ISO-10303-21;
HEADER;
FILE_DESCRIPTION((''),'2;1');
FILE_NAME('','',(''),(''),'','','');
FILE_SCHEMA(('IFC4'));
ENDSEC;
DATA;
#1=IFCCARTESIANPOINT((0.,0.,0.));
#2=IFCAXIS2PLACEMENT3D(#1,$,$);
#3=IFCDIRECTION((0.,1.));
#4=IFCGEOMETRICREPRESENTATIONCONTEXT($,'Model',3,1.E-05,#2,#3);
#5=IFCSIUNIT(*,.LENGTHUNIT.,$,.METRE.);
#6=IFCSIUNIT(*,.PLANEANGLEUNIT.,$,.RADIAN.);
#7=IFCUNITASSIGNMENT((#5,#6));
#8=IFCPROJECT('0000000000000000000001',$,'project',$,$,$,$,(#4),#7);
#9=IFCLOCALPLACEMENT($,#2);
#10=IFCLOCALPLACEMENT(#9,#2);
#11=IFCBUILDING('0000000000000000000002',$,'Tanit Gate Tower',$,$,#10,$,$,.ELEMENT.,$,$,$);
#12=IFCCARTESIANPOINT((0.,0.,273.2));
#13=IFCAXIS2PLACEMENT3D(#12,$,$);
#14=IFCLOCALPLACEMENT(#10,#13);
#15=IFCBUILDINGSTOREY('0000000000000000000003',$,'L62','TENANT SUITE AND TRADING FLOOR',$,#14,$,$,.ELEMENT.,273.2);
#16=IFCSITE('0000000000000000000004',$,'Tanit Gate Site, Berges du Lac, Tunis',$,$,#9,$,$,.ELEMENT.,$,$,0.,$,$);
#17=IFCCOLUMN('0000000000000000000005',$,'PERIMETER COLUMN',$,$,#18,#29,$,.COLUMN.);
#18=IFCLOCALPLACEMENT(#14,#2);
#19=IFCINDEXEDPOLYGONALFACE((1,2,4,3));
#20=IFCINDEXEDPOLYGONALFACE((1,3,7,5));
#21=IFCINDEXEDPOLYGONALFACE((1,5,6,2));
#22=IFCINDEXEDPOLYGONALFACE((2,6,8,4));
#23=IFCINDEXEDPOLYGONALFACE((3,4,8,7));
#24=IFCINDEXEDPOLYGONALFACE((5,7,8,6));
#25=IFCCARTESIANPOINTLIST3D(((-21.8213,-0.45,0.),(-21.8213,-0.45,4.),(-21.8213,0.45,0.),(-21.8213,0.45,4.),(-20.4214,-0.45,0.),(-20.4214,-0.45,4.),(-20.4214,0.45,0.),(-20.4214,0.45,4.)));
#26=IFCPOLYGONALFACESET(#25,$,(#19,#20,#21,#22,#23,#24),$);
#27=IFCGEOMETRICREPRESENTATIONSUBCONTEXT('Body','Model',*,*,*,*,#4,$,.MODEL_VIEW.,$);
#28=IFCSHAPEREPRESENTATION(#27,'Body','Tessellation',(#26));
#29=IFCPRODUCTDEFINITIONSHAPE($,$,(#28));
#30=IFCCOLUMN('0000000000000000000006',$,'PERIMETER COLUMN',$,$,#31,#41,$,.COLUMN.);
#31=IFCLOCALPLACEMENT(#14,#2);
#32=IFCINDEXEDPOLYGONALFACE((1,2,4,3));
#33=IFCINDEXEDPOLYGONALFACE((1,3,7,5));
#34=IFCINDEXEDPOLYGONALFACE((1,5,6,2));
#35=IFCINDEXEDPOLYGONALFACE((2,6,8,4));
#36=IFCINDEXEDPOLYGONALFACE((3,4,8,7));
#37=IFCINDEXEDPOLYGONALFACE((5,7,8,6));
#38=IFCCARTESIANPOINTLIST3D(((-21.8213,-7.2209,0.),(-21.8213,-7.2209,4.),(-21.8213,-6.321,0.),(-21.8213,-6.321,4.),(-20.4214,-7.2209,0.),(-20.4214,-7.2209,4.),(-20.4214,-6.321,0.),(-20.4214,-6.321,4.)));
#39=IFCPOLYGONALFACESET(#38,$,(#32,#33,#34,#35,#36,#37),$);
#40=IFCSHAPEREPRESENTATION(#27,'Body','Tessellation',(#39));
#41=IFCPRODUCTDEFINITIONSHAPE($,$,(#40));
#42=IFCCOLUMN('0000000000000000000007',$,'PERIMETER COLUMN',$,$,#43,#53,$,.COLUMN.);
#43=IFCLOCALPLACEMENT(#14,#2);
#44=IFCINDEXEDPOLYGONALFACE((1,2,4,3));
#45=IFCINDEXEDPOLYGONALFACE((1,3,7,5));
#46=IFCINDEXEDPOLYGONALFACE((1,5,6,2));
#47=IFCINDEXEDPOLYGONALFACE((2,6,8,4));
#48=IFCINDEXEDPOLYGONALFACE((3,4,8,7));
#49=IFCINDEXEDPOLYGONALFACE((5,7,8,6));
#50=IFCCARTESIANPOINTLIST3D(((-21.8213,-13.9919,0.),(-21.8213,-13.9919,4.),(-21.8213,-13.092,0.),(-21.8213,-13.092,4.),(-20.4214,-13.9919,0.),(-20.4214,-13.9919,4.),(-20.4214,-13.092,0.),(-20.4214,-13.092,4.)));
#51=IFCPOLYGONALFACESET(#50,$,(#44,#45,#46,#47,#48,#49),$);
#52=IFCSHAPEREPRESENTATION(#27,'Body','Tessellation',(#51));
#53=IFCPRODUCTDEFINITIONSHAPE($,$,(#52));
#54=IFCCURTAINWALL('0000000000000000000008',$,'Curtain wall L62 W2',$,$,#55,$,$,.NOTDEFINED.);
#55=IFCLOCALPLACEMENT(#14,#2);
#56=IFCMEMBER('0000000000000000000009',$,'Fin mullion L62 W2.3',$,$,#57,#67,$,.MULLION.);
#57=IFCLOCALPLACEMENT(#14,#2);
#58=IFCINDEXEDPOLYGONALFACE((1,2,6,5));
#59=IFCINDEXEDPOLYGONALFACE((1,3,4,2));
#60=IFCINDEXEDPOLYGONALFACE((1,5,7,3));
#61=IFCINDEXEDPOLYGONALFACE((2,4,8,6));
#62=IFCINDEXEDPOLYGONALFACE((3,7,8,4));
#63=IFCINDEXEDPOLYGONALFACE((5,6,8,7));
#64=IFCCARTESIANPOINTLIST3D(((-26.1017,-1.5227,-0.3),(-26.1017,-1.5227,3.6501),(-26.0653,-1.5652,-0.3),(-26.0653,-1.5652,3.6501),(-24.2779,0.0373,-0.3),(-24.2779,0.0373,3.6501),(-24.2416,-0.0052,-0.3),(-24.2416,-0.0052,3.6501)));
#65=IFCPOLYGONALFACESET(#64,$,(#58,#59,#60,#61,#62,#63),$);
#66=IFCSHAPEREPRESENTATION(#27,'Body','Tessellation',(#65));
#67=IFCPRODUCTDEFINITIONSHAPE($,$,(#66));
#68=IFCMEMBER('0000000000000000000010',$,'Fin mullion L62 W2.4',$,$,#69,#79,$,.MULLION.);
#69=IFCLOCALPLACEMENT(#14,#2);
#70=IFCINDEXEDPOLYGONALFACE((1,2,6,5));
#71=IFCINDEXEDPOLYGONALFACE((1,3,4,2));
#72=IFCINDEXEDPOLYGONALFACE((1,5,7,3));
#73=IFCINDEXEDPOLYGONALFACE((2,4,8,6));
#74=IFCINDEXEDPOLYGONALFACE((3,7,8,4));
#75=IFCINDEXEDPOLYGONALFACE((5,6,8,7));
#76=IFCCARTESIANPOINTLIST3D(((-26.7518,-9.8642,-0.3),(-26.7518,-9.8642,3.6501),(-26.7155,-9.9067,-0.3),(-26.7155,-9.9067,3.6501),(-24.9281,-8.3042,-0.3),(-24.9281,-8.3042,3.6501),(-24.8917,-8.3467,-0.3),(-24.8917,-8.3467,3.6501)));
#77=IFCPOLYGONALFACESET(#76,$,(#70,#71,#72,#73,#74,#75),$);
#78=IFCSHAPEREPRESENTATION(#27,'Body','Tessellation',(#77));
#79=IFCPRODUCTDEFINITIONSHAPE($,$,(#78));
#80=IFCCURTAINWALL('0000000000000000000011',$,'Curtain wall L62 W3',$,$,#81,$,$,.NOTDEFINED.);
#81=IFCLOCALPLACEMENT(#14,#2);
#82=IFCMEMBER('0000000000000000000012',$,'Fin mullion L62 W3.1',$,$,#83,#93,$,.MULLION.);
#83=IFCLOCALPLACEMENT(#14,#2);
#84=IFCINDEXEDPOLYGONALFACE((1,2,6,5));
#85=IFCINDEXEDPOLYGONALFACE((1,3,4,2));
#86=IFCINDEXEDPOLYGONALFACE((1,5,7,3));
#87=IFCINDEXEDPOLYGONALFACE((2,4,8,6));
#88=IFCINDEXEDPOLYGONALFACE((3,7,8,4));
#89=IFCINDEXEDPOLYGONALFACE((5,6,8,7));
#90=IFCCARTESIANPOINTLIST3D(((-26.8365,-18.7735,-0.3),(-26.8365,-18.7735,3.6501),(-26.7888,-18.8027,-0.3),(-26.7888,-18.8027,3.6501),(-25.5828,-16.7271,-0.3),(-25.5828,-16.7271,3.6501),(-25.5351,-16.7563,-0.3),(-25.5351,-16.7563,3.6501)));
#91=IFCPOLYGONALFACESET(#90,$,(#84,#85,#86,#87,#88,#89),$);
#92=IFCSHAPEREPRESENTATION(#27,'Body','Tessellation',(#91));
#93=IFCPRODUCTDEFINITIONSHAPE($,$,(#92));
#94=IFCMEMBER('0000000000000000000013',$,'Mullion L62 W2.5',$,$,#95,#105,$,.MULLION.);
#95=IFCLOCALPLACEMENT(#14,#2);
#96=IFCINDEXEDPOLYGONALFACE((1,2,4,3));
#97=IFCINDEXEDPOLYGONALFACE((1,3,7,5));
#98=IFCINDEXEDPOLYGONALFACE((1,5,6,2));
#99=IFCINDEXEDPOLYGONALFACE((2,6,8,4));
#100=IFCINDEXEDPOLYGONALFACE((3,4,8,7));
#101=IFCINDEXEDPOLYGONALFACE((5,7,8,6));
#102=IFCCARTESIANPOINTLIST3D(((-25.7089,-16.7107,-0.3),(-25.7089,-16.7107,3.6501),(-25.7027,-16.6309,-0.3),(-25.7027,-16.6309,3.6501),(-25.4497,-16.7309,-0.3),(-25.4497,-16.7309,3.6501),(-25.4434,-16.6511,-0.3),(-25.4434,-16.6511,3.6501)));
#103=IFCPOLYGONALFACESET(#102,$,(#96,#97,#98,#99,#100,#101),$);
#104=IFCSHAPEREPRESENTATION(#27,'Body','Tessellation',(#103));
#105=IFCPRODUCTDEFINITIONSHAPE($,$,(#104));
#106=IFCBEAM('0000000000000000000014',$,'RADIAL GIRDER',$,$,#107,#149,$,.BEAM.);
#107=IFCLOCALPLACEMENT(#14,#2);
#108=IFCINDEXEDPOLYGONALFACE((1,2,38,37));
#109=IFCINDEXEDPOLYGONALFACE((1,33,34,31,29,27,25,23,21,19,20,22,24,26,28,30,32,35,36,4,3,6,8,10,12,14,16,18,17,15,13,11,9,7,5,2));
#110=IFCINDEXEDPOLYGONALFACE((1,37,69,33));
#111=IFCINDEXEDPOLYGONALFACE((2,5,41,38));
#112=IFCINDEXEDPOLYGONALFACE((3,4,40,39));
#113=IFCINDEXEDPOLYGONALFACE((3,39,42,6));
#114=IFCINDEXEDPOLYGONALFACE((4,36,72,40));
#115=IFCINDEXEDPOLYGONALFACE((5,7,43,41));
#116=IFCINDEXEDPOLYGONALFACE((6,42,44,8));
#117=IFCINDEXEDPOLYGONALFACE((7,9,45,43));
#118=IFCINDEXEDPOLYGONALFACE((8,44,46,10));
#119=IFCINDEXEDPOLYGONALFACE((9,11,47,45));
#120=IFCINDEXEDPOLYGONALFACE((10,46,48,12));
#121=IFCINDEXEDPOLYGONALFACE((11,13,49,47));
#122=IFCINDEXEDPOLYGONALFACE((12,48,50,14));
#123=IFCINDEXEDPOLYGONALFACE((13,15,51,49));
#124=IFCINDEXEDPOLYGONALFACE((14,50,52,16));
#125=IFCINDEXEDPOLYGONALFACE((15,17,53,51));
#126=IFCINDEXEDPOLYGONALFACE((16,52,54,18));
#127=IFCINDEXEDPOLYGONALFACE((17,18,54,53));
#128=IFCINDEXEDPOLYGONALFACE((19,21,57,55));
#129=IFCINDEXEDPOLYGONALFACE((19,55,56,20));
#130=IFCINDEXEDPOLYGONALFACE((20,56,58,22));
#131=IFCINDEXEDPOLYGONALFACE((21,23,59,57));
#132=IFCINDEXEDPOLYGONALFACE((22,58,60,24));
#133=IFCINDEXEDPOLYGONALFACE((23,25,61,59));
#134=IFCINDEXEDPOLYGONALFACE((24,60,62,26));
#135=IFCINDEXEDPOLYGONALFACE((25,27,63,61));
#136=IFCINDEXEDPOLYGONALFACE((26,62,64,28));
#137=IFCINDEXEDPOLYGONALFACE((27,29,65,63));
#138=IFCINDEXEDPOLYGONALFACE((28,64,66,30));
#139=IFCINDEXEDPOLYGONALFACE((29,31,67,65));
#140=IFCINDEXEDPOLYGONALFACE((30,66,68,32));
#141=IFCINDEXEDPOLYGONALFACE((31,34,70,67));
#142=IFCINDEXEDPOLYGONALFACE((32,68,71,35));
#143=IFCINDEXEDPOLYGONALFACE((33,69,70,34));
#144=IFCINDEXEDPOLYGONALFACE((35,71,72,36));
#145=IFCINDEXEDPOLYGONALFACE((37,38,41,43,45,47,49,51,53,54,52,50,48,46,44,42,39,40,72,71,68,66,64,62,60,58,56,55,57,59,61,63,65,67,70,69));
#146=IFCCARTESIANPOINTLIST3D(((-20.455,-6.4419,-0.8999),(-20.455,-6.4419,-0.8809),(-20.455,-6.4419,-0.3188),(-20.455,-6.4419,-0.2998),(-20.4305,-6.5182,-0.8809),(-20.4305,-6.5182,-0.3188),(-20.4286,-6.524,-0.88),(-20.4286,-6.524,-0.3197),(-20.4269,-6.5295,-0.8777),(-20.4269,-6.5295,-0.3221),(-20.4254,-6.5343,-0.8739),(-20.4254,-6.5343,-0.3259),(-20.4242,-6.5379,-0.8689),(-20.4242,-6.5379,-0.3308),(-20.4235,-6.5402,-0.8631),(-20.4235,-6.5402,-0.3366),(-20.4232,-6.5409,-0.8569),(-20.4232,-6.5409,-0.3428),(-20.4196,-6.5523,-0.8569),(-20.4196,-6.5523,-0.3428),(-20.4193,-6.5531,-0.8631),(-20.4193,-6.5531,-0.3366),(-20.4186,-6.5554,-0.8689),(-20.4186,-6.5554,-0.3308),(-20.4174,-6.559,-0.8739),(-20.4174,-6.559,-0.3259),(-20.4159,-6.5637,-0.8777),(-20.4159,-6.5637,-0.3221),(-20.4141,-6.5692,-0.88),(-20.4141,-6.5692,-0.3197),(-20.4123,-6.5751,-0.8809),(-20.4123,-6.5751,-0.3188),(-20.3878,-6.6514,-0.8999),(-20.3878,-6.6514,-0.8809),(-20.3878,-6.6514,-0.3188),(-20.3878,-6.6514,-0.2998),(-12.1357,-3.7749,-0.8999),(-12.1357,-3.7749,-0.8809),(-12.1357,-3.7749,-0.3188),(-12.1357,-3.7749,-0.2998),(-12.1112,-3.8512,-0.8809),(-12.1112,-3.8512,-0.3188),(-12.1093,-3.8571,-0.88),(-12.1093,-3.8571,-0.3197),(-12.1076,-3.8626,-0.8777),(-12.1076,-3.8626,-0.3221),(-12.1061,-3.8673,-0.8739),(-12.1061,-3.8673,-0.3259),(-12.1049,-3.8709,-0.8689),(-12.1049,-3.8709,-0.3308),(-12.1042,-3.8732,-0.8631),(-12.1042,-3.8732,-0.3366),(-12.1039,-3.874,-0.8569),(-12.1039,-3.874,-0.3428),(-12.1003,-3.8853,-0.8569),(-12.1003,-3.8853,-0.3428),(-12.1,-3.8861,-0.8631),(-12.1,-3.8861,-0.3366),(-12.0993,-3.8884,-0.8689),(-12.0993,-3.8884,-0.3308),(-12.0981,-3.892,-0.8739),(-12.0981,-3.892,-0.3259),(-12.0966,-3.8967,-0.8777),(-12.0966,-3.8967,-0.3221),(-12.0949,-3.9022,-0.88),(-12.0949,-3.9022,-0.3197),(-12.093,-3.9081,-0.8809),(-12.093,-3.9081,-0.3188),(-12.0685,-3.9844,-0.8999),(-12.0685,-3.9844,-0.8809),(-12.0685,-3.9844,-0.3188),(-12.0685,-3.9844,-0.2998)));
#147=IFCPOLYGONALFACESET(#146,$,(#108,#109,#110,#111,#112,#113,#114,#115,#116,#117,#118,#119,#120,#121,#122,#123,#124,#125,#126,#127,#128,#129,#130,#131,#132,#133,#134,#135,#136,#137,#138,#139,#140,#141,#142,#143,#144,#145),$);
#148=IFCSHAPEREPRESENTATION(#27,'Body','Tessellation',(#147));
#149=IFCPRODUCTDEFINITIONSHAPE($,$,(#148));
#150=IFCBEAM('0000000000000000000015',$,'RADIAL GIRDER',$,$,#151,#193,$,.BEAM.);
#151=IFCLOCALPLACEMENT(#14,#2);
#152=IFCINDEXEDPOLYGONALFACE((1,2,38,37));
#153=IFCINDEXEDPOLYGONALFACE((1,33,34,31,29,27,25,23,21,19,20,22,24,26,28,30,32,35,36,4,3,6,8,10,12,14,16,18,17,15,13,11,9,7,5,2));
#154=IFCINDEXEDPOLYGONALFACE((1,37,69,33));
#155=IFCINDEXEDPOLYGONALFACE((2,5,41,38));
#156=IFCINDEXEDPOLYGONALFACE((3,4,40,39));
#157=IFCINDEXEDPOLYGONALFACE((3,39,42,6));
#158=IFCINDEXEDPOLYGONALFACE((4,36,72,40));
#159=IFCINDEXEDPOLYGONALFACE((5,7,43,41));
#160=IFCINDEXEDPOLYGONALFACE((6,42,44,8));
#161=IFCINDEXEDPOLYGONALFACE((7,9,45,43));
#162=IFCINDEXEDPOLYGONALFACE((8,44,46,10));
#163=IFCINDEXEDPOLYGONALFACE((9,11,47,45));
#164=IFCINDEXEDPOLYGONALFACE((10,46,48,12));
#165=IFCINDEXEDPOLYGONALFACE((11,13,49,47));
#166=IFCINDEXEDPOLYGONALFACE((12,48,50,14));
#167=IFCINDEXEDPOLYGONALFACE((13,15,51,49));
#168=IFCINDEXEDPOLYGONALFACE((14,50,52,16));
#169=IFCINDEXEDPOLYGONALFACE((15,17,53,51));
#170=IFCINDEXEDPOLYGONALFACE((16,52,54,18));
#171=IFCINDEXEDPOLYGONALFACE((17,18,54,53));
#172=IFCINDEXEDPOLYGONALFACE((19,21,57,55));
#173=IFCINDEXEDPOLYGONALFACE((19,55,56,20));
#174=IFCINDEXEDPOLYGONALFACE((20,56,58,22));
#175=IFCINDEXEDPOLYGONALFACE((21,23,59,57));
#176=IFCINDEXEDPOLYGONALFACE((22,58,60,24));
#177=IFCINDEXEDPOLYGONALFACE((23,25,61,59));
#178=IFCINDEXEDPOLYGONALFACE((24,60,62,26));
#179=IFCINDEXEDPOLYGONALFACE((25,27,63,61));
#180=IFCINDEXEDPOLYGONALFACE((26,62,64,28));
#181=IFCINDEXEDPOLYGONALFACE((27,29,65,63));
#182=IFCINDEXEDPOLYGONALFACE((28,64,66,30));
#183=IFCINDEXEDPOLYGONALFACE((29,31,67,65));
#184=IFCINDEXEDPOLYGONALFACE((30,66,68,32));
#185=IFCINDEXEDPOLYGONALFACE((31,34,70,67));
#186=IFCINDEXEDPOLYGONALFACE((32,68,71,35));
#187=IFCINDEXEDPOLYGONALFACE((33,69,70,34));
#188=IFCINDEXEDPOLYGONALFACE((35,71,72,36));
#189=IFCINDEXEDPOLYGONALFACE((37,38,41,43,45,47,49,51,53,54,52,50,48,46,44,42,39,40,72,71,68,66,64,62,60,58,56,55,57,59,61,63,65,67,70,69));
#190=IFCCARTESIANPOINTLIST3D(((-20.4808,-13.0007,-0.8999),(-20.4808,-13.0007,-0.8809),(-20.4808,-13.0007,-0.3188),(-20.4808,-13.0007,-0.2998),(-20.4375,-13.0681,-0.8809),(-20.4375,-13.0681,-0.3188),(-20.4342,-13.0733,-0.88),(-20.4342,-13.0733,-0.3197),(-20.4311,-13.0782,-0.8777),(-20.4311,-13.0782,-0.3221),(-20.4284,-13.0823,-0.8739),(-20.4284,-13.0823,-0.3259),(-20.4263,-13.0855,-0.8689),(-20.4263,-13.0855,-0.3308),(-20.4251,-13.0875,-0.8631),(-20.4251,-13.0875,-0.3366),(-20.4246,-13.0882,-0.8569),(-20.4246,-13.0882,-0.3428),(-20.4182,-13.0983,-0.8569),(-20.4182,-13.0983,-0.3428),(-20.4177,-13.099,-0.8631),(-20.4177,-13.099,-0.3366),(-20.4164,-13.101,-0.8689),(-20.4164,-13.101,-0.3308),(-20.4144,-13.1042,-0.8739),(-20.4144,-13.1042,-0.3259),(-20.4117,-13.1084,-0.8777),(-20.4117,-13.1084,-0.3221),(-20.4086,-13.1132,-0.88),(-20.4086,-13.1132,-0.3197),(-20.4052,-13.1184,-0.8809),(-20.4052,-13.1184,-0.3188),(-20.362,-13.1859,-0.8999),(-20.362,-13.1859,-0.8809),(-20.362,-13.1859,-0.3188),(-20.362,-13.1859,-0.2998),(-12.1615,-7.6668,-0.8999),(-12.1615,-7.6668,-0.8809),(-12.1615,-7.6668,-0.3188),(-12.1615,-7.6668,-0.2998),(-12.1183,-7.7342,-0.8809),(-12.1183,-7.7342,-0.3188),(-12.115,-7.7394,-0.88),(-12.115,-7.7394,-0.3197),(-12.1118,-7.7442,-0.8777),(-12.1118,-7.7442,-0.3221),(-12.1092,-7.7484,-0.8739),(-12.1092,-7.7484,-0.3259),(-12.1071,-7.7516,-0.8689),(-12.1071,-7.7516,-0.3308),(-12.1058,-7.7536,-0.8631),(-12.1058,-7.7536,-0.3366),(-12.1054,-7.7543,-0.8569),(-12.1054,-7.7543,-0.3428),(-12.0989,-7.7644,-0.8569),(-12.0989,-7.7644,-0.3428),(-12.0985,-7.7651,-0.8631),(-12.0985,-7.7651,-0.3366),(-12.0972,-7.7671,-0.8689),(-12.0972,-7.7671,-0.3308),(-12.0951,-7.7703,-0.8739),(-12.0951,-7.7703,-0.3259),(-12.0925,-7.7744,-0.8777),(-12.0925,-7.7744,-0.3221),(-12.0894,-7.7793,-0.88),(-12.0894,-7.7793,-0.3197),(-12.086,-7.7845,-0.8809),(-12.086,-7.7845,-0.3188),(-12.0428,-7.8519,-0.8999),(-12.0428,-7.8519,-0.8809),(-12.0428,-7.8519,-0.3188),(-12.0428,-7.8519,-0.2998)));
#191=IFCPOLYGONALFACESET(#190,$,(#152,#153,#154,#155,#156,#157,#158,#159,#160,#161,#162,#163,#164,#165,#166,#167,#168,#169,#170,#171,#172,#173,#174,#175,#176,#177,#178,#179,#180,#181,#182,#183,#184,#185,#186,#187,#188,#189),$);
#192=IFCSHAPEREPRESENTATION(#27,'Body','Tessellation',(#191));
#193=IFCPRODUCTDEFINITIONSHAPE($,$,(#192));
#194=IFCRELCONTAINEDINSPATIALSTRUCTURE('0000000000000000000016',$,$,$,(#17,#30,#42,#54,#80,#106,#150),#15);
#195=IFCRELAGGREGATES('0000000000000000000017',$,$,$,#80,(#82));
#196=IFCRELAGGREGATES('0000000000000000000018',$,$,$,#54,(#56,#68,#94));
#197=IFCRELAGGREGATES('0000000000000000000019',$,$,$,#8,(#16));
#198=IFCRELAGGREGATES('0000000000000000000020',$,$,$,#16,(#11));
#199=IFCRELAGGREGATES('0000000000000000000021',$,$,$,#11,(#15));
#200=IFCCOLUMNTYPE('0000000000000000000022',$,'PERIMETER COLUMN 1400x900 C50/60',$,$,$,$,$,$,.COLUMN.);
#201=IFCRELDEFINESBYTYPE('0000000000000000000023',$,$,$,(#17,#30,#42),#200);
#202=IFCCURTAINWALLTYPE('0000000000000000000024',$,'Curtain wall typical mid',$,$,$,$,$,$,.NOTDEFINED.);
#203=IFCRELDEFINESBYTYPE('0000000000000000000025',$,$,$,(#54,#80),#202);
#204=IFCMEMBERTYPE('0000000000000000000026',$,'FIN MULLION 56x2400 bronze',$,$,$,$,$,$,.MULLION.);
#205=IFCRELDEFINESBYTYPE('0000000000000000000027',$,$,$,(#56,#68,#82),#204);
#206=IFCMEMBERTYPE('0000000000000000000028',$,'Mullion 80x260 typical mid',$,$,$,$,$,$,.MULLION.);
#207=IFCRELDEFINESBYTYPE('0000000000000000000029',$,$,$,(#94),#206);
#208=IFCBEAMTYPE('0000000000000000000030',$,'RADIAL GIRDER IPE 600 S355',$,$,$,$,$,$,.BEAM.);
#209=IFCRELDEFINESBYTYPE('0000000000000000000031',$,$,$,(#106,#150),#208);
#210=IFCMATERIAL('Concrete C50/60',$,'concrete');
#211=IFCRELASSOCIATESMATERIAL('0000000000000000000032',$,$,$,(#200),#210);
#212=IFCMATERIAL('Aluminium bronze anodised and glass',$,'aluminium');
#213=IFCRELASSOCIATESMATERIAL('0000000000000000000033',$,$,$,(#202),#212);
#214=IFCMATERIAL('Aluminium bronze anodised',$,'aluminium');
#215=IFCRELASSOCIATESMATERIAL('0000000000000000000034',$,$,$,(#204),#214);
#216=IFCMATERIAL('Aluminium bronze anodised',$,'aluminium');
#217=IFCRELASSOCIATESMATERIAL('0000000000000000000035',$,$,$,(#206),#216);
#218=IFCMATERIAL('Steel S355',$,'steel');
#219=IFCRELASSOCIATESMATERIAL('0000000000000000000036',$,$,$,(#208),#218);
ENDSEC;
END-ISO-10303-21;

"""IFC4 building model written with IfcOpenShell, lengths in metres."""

from ifc_helpers import new_model, si_unit, direction, frame, origin, origin_2d, place, context, subcontext, project, spatial, rectangle, i_section, extrude, material, material_profile, profile_set, type_object, element, aggregate, save


model = new_model("IFC4")

# Units and contexts
model_context = context("Model", 3, precision=1e-05, world=origin(), true_north=direction((0.0, 1.0)))
body_context = subcontext(model_context, "Body", "Model", "MODEL_VIEW")
ifc_project = project(units=[si_unit("LENGTHUNIT", "METRE"), si_unit("PLANEANGLEUNIT", "RADIAN")], contexts=[model_context])

# Site, building, storey
site_placement = place(None, origin())
site = spatial("IfcSite", under=ifc_project, at=site_placement, Name="Tanit Gate Site, Berges du Lac, Tunis", CompositionType="ELEMENT", RefElevation=0.0)
building_placement = place(site_placement, origin())
building = spatial("IfcBuilding", under=site, at=building_placement, Name="Tanit Gate Tower", CompositionType="ELEMENT")
storey_placement = place(building_placement, frame((0.0, 0.0, 273.2)))
storey = spatial("IfcBuildingStorey", under=building, at=storey_placement, Name="L62", Description="TENANT SUITE AND TRADING FLOOR", CompositionType="ELEMENT", Elevation=273.2)

# Columns
ifc_material_1 = material(Name="Concrete C50/60", Category="concrete")
ifc_material_profile_1 = material_profile(ifc_material_1, rectangle(XDim=1.3999, YDim=0.8999, at=origin_2d()), Name="RC 1400x900")
ifc_profile_set_1 = profile_set([ifc_material_profile_1], Name="Concrete C50/60")
column_type = type_object("IfcColumnType", Name="PERIMETER COLUMN 1400x900 C50/60", PredefinedType="COLUMN", material=ifc_profile_set_1)
for number, where, z_axis, x_axis, name in (
    (1, (-21.1213, 0.0, 0.0), (0.0, 0.0, 1.0), (-1.0, 0.0, 0.0), "PERIMETER COLUMN"),
    (2, (-21.1213, -6.771, 0.0), (0.0, 0.0, 1.0), (-1.0, 0.0, 0.0), "PERIMETER COLUMN"),
    (3, (-21.1213, -13.542, 0.0), (0.0, 0.0, 1.0), (-1.0, 0.0, 0.0), "PERIMETER COLUMN"),
):
    element("IfcColumn", number, at=place(storey_placement, frame(where, z_axis=z_axis, x_axis=x_axis)), inside=storey, type_object=column_type, Name=name, PredefinedType="COLUMN", context=body_context, shape_type="SweptSolid", body=[
        extrude(rectangle(XDim=1.3999, YDim=0.8999, at=origin_2d()), origin(), (0.0, 0.0, 1.0), 4.0),
    ])

# Curtain wall, members
ifc_material_2 = material(Name="Aluminium bronze anodised and glass", Category="aluminium")
curtain_wall_type = type_object("IfcCurtainWallType", Name="Curtain wall typical mid", PredefinedType="NOTDEFINED", material=ifc_material_2)
curtain_wall_1_placement = place(storey_placement, origin())
curtain_wall_1 = element("IfcCurtainWall", 4, at=curtain_wall_1_placement, inside=storey, type_object=curtain_wall_type, Name="Curtain wall L62 W2", PredefinedType="NOTDEFINED")
ifc_material_3 = material(Name="Aluminium bronze anodised", Category="aluminium")
ifc_material_profile_2 = material_profile(ifc_material_3, rectangle(XDim=2.3999, YDim=0.0559, at=origin_2d()), Name="56x2400 bronze fin mullion")
ifc_profile_set_2 = profile_set([ifc_material_profile_2], Name="Aluminium bronze anodised")
member_type_1 = type_object("IfcMemberType", Name="FIN MULLION 56x2400 bronze", PredefinedType="MULLION", material=ifc_profile_set_2)
member_1_placement = place(storey_placement, frame((-25.1716, -0.7639, -0.3), z_axis=(0.0, 0.0, 1.0), x_axis=(0.759912, 0.650026, 0.0)))
member_1 = element("IfcMember", 5, at=member_1_placement, type_object=member_type_1, Name="Fin mullion L62 W2.3", PredefinedType="MULLION", context=body_context, shape_type="SweptSolid", body=[
    extrude(rectangle(XDim=2.3999, YDim=0.0559, at=origin_2d()), origin(), (0.0, 0.0, 1.0), 3.9502),
])
member_2_placement = place(storey_placement, frame((-25.8218, -9.1055, -0.3), z_axis=(0.0, 0.0, 1.0), x_axis=(0.759912, 0.650026, 0.0)))
member_2 = element("IfcMember", 6, at=member_2_placement, type_object=member_type_1, Name="Fin mullion L62 W2.4", PredefinedType="MULLION", context=body_context, shape_type="SweptSolid", body=[
    extrude(rectangle(XDim=2.3999, YDim=0.0559, at=origin_2d()), origin(), (0.0, 0.0, 1.0), 3.9502),
])

# Curtain wall, member
curtain_wall_2_placement = place(storey_placement, origin())
curtain_wall_2 = element("IfcCurtainWall", 7, at=curtain_wall_2_placement, inside=storey, type_object=curtain_wall_type, Name="Curtain wall L62 W3", PredefinedType="NOTDEFINED")
member_3_placement = place(storey_placement, frame((-26.1858, -17.7649, -0.3), z_axis=(0.0, 0.0, 1.0), x_axis=(0.522414, 0.852692, 0.0)))
member_3 = element("IfcMember", 8, at=member_3_placement, type_object=member_type_1, Name="Fin mullion L62 W3.1", PredefinedType="MULLION", context=body_context, shape_type="SweptSolid", body=[
    extrude(rectangle(XDim=2.3999, YDim=0.0559, at=origin_2d()), origin(), (0.0, 0.0, 1.0), 3.9502),
])

# Member
ifc_material_4 = material(Name="Aluminium bronze anodised", Category="aluminium")
ifc_material_profile_3 = material_profile(ifc_material_4, rectangle(XDim=0.26, YDim=0.0801, at=origin_2d()), Name="80x260 bronze mullion")
ifc_profile_set_3 = profile_set([ifc_material_profile_3], Name="Aluminium bronze anodised")
member_type_2 = type_object("IfcMemberType", Name="Mullion 80x260 typical mid", PredefinedType="MULLION", material=ifc_profile_set_3)
member_4_placement = place(storey_placement, frame((-25.5762, -16.6809, -0.3), z_axis=(0.0, 0.0, 1.0), x_axis=(0.996977, -0.077701, 0.0)))
member_4 = element("IfcMember", 9, at=member_4_placement, type_object=member_type_2, Name="Mullion L62 W2.5", PredefinedType="MULLION", context=body_context, shape_type="SweptSolid", body=[
    extrude(rectangle(XDim=0.26, YDim=0.0801, at=origin_2d()), origin(), (0.0, 0.0, 1.0), 3.9502),
])

# Beams
ifc_material_5 = material(Name="Steel S355", Category="steel")
ifc_material_profile_4 = material_profile(ifc_material_5, i_section(OverallWidth=0.22, OverallDepth=0.6001, WebThickness=0.012, FlangeThickness=0.019, FilletRadius=0.0239, at=origin_2d()), Name="IPE 600")
ifc_profile_set_4 = profile_set([ifc_material_profile_4], Name="Steel S355")
beam_type = type_object("IfcBeamType", Name="RADIAL GIRDER IPE 600 S355", PredefinedType="BEAM", material=ifc_profile_set_4)
beam_1_placement = place(storey_placement, frame((-20.4214, -6.5466, -0.5999), z_axis=(0.952264, 0.305275, 0.0), x_axis=(-0.305275, 0.952264, 0.0)))
element("IfcBeam", 10, at=beam_1_placement, inside=storey, type_object=beam_type, Name="RADIAL GIRDER", PredefinedType="BEAM", context=body_context, shape_type="SweptSolid", body=[
    extrude(i_section(OverallWidth=0.22, OverallDepth=0.6001, WebThickness=0.012, FlangeThickness=0.019, FilletRadius=0.0239, at=origin_2d()), origin(), (0.0, 0.0, 1.0), 8.7363),
])
beam_2_placement = place(storey_placement, frame((-20.4214, -13.0933, -0.5999), z_axis=(0.84183, 0.539743, 0.0), x_axis=(-0.539743, 0.84183, 0.0)))
element("IfcBeam", 11, at=beam_2_placement, inside=storey, type_object=beam_type, Name="RADIAL GIRDER", PredefinedType="BEAM", context=body_context, shape_type="SweptSolid", body=[
    extrude(i_section(OverallWidth=0.22, OverallDepth=0.6001, WebThickness=0.012, FlangeThickness=0.019, FilletRadius=0.0239, at=origin_2d()), origin(), (0.0, 0.0, 1.0), 9.8823),
])

aggregate(curtain_wall_2, [member_3])

aggregate(curtain_wall_1, [member_1, member_2, member_4])

save(model, "model.ifc")
